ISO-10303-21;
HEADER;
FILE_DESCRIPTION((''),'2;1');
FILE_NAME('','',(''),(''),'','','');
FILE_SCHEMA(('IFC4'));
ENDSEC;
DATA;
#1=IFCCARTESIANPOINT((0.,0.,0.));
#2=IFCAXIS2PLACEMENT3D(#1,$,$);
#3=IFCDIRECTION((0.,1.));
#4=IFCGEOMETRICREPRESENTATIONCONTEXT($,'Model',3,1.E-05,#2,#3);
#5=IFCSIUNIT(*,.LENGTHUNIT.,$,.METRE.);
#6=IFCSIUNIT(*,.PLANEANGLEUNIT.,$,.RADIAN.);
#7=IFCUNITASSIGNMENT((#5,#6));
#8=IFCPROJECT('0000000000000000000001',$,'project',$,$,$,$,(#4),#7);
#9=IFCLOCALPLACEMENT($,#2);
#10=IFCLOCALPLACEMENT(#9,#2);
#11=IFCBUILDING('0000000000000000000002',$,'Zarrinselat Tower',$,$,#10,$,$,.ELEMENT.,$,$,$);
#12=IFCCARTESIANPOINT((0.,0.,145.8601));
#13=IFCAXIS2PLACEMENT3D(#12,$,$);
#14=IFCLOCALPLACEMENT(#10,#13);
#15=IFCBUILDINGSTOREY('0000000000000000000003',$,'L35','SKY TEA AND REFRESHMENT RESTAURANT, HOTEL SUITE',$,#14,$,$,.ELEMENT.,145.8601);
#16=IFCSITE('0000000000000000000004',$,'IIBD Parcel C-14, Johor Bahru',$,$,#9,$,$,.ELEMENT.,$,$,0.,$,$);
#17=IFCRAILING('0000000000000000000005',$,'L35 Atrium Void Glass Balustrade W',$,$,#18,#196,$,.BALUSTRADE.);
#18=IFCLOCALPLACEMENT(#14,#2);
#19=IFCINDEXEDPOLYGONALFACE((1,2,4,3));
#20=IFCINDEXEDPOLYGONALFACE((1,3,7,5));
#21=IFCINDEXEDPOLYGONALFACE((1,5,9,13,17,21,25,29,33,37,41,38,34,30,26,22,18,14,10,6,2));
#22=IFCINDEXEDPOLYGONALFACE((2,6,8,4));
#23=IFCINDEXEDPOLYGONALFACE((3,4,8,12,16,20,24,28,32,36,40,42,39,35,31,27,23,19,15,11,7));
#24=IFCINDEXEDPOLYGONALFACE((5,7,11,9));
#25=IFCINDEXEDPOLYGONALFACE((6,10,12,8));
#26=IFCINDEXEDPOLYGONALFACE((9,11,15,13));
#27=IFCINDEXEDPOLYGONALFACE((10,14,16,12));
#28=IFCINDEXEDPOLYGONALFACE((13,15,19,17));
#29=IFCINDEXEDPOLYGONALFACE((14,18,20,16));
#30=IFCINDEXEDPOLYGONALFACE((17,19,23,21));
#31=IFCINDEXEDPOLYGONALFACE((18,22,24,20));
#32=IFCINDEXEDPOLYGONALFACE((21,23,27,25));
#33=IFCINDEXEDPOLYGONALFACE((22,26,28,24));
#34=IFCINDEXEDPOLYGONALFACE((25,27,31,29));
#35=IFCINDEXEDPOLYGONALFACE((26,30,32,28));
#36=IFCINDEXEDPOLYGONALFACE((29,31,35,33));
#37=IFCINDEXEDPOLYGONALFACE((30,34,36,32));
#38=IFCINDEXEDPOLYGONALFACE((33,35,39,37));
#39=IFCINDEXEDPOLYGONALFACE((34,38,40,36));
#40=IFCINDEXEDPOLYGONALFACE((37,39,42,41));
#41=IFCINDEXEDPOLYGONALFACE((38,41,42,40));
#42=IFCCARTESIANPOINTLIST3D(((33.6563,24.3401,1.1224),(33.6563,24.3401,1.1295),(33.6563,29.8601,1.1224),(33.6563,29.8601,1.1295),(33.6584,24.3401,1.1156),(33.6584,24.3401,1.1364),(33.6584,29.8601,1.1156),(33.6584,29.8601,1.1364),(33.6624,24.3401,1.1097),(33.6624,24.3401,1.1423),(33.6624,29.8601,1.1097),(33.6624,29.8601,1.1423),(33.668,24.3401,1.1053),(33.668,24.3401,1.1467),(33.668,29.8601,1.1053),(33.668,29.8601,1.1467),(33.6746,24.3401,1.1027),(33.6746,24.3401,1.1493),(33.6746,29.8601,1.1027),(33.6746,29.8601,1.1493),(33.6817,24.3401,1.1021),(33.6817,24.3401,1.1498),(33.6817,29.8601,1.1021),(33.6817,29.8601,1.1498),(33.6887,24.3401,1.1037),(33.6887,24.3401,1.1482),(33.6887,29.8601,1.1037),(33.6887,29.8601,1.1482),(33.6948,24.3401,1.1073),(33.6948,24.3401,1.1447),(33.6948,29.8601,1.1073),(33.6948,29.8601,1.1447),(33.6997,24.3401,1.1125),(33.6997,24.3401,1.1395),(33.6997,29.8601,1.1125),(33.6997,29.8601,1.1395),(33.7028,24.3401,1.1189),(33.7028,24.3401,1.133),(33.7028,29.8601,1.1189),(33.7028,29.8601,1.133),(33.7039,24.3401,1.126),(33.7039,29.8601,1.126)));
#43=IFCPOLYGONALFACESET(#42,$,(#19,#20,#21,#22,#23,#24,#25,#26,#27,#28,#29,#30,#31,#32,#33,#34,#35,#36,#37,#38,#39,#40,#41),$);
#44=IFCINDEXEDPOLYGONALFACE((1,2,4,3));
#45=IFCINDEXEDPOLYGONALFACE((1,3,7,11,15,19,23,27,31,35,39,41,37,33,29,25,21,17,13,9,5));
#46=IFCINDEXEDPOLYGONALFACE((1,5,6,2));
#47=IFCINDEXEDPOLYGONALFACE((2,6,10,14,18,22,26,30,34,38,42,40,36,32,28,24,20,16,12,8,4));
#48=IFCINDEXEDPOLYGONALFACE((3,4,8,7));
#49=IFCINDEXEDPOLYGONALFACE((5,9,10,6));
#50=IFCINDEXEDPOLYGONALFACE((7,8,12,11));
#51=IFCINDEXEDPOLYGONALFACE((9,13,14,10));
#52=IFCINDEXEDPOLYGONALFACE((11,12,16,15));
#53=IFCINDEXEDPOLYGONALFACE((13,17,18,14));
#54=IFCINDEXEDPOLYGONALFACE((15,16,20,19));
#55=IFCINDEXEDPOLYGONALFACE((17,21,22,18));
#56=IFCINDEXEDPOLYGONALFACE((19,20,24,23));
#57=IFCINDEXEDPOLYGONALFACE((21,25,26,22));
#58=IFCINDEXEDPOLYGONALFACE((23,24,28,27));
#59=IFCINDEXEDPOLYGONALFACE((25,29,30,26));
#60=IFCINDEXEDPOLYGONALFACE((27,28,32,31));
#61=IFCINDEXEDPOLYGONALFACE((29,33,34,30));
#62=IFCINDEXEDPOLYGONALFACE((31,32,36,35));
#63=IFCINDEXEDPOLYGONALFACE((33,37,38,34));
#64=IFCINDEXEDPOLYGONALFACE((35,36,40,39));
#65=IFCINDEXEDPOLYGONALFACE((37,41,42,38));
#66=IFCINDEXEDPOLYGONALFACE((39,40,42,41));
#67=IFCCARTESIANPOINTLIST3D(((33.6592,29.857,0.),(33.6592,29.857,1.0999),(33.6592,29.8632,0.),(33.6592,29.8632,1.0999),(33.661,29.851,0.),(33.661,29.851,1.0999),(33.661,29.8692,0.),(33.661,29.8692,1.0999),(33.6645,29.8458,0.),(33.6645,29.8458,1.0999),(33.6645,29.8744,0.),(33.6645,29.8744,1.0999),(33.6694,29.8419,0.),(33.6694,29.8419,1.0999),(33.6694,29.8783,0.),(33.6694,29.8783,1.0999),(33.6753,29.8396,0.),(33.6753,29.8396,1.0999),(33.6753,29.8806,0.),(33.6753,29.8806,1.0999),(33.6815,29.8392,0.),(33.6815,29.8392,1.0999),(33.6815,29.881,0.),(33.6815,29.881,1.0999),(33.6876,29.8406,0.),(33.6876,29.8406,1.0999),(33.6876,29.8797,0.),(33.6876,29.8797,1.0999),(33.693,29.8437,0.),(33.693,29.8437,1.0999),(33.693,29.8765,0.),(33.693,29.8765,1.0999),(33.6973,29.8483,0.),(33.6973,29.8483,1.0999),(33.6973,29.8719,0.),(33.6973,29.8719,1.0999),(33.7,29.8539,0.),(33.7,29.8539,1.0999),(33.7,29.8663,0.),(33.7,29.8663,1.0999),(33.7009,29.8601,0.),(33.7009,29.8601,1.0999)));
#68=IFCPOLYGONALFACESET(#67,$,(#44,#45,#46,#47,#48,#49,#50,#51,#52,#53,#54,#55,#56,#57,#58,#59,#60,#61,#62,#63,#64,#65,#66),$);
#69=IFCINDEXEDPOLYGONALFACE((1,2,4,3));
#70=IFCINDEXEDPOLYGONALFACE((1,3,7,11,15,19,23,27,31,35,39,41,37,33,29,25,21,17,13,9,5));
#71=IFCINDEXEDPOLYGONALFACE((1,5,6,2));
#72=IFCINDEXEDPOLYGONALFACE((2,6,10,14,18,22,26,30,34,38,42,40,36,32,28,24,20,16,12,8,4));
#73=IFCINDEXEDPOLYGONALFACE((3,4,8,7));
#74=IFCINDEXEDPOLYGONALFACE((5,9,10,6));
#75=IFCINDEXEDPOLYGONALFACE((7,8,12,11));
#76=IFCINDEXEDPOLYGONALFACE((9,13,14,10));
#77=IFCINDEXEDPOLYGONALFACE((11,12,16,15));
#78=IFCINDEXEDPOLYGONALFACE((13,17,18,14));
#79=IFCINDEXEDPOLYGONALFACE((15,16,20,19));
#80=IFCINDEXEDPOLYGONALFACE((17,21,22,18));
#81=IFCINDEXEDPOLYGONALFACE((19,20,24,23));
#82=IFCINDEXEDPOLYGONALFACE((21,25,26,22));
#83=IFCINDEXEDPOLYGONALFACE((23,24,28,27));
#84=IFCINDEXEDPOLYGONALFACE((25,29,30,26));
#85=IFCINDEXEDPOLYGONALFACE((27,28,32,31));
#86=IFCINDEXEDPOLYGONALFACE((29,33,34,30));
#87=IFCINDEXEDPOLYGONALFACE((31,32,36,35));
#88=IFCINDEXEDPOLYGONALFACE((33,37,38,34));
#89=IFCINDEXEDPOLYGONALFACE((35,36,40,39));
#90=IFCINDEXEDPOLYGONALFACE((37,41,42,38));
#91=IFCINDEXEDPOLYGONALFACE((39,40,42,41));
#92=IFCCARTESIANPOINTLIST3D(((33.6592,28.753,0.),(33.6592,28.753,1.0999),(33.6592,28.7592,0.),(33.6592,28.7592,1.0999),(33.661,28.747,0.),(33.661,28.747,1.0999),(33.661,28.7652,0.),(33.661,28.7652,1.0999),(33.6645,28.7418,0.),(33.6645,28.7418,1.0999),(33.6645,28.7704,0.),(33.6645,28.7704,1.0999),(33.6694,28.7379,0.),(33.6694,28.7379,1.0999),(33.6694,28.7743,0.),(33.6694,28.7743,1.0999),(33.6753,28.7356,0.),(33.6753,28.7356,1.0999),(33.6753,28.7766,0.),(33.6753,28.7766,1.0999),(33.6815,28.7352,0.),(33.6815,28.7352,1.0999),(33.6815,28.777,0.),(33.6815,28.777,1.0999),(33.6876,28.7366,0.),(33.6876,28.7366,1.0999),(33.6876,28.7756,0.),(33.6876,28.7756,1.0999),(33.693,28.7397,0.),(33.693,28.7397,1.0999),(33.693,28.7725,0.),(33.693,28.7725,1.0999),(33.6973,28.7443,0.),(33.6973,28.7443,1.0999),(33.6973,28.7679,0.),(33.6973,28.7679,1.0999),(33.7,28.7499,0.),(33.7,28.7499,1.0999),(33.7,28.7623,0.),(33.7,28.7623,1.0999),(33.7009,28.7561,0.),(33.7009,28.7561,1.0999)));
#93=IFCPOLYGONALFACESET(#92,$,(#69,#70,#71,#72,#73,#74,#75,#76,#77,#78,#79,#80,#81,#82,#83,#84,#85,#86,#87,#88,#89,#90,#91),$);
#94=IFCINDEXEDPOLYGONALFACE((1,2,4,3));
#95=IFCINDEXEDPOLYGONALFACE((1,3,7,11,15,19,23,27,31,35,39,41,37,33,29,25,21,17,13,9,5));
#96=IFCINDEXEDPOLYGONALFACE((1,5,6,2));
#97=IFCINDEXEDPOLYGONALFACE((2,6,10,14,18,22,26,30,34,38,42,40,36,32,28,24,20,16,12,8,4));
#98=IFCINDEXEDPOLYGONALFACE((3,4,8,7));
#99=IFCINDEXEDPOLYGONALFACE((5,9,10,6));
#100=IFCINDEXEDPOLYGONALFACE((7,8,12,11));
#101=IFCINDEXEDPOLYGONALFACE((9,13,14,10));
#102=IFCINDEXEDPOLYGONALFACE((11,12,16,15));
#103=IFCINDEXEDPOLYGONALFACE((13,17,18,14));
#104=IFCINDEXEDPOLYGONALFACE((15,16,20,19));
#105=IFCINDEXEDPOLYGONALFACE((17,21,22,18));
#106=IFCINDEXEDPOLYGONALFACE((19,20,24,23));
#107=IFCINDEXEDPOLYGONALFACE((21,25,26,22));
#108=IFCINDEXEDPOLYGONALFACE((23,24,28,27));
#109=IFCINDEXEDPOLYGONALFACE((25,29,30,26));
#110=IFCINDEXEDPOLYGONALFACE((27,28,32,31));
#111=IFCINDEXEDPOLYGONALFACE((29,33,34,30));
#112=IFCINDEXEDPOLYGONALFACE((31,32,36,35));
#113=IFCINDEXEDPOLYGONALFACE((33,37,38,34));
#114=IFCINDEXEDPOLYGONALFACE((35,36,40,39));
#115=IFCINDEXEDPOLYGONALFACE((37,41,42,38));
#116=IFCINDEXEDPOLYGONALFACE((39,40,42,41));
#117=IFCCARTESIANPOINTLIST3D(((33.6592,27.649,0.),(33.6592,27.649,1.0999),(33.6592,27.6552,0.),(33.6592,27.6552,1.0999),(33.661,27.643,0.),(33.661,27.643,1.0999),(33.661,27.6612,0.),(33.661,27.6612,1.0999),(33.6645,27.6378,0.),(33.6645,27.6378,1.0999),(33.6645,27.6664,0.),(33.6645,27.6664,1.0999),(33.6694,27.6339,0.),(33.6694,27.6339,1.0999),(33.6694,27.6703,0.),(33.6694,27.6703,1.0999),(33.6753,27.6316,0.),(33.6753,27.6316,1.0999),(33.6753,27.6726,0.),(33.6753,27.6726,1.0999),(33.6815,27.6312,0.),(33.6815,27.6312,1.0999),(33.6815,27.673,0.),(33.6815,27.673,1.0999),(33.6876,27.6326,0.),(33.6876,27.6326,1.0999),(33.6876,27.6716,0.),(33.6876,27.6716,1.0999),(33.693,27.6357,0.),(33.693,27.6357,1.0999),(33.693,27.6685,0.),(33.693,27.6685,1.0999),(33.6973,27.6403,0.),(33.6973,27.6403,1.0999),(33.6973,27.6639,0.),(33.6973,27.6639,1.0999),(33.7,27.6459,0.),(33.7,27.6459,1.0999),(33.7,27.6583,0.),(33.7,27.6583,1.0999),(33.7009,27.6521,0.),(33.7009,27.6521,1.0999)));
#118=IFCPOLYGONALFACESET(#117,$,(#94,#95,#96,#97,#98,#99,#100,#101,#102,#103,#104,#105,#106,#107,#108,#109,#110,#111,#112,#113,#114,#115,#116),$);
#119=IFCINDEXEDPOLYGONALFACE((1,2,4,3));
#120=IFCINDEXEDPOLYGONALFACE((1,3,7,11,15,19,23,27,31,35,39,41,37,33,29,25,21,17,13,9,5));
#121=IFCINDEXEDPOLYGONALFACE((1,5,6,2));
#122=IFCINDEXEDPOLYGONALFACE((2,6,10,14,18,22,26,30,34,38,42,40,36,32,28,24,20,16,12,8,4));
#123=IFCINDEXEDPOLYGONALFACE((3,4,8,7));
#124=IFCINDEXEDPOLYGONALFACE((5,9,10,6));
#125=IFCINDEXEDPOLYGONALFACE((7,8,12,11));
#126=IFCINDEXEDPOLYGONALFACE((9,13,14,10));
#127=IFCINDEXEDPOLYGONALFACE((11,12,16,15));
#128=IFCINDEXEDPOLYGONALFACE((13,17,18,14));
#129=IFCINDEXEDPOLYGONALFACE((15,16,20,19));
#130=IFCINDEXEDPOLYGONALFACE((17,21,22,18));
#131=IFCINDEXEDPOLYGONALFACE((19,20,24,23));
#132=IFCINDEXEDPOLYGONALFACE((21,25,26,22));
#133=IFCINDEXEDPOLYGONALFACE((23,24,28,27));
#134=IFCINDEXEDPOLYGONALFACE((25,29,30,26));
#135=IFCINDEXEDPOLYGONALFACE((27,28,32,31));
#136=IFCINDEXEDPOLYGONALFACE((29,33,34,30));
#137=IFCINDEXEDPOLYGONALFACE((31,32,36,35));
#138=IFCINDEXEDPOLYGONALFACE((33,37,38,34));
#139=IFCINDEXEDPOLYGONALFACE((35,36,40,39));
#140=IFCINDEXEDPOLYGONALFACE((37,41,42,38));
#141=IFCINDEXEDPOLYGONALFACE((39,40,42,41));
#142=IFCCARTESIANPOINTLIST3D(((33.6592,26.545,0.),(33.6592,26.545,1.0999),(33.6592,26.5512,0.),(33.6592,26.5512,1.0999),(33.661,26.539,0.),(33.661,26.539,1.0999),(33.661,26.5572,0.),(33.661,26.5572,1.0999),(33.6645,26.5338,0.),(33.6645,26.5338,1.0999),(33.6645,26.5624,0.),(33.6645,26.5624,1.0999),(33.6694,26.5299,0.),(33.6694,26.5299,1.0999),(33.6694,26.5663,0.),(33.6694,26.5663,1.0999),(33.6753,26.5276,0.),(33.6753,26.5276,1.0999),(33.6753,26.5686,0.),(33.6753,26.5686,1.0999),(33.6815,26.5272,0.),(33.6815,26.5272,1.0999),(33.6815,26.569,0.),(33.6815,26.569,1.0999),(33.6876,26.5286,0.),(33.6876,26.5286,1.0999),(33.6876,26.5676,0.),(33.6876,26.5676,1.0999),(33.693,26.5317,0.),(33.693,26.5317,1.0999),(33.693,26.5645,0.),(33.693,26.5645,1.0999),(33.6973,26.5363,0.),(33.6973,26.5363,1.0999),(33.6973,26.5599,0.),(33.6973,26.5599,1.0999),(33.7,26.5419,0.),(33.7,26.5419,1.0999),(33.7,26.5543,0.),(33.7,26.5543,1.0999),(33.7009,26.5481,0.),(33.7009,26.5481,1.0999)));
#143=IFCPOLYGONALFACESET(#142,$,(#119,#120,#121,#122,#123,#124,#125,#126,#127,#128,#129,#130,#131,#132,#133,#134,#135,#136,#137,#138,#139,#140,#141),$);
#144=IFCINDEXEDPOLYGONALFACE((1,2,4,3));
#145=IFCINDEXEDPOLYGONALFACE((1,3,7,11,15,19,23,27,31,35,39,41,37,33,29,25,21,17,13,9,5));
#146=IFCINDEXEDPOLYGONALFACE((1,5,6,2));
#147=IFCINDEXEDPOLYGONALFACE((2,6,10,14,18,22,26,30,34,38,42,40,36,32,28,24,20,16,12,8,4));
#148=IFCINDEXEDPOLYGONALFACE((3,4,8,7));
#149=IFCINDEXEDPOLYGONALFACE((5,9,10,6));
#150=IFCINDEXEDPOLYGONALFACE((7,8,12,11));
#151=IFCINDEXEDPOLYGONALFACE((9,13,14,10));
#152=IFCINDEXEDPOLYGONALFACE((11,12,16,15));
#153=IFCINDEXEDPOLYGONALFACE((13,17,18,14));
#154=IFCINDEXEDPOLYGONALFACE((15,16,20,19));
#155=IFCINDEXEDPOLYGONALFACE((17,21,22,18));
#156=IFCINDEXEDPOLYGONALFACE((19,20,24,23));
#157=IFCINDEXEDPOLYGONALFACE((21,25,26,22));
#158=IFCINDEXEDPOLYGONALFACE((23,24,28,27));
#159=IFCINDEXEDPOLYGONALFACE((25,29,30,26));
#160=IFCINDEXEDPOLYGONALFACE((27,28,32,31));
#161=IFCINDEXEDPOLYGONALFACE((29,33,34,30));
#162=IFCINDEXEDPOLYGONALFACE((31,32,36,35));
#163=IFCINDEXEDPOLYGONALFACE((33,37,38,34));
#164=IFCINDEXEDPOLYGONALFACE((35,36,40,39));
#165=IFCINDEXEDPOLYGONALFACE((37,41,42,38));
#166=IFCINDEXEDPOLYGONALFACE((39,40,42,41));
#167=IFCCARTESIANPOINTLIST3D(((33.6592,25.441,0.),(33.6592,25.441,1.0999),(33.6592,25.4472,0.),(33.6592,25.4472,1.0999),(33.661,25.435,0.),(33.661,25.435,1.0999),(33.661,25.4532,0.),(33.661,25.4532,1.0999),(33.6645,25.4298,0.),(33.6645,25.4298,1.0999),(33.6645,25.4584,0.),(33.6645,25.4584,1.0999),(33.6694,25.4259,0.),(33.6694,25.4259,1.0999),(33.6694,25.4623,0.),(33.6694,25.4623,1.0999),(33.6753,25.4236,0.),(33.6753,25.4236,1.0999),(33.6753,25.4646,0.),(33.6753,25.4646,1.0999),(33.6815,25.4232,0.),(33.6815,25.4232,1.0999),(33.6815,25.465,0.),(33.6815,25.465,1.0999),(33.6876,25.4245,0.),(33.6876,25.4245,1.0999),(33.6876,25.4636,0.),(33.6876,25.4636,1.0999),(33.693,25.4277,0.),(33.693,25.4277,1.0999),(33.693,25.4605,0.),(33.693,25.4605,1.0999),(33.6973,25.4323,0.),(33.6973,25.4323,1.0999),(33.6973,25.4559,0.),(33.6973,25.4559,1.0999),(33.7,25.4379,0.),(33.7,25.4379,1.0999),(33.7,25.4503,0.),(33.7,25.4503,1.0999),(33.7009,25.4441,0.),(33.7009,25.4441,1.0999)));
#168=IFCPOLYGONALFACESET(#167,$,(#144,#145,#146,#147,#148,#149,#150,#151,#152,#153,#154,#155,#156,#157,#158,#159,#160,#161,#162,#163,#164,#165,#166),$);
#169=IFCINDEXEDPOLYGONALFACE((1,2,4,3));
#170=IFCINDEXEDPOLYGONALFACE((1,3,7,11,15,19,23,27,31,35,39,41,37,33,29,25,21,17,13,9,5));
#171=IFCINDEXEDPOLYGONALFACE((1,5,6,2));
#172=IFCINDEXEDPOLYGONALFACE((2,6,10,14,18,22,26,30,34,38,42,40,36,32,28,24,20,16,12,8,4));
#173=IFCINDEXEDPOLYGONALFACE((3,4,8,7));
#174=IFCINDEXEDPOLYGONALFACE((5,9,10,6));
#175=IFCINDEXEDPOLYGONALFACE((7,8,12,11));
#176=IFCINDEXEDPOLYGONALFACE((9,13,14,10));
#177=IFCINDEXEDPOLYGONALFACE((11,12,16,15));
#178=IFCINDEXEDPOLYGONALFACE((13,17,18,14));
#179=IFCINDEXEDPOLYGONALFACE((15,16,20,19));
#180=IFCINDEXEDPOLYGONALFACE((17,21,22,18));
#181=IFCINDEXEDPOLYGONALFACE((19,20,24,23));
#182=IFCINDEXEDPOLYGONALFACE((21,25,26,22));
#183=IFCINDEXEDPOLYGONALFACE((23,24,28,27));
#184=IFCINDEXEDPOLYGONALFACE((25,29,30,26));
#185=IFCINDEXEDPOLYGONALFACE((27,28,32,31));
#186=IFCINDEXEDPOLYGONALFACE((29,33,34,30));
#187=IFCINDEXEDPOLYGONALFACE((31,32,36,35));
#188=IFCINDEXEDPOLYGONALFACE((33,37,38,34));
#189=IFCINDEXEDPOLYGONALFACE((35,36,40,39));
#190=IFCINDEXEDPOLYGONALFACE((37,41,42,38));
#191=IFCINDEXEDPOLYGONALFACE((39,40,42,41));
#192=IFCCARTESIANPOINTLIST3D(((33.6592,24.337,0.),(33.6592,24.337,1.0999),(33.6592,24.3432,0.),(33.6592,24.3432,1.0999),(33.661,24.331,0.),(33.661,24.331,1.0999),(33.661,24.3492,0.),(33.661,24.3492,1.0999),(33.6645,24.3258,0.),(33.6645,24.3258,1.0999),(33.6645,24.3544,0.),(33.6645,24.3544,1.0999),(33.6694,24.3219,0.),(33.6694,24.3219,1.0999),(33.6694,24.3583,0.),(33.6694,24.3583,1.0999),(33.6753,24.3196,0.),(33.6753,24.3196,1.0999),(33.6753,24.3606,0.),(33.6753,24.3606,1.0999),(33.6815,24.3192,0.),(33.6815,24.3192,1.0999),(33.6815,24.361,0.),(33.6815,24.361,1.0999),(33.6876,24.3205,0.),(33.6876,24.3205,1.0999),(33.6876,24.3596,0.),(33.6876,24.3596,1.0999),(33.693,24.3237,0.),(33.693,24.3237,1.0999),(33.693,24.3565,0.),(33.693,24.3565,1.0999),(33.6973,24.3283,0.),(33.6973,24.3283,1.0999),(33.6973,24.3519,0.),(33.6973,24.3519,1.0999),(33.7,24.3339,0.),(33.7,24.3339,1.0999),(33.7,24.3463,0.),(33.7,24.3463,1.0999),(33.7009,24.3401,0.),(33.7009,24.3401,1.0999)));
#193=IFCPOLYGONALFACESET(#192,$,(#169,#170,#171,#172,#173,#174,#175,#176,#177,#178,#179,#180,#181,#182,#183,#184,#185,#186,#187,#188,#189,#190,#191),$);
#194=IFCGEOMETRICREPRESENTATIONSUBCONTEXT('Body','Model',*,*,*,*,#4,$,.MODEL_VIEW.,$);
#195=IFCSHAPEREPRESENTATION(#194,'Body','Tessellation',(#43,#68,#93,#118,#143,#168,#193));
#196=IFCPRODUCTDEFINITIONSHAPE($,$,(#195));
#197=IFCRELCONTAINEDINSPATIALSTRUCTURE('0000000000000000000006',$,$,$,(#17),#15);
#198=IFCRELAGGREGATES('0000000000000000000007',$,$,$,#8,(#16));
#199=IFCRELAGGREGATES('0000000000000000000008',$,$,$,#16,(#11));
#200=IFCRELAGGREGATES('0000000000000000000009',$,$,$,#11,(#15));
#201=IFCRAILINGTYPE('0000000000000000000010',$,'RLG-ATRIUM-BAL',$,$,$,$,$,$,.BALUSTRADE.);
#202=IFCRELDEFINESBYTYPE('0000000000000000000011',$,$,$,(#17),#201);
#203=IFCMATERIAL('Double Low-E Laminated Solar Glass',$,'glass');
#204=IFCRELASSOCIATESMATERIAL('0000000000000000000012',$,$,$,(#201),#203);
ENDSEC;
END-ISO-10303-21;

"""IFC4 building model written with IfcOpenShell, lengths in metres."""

from ifc_helpers import new_model, si_unit, direction, frame, origin, origin_2d, place, context, subcontext, project, spatial, circle, extrude, material, type_object, element, save


model = new_model("IFC4")

# Units and contexts
model_context = context("Model", 3, precision=1e-05, world=origin(), true_north=direction((0.0, 1.0)))
body_context = subcontext(model_context, "Body", "Model", "MODEL_VIEW")
ifc_project = project(units=[si_unit("LENGTHUNIT", "METRE"), si_unit("PLANEANGLEUNIT", "RADIAN")], contexts=[model_context])

# Site, building, storey
site_placement = place(None, origin())
site = spatial("IfcSite", under=ifc_project, at=site_placement, Name="IIBD Parcel C-14, Johor Bahru", CompositionType="ELEMENT", RefElevation=0.0)
building_placement = place(site_placement, origin())
building = spatial("IfcBuilding", under=site, at=building_placement, Name="Zarrinselat Tower", CompositionType="ELEMENT")
storey_placement = place(building_placement, frame((0.0, 0.0, 145.8601)))
storey = spatial("IfcBuildingStorey", under=building, at=storey_placement, Name="L35", Description="SKY TEA AND REFRESHMENT RESTAURANT, HOTEL SUITE", CompositionType="ELEMENT", Elevation=145.8601)

# Railing
ifc_material_1 = material(Name="Double Low-E Laminated Solar Glass", Category="glass")
railing_type = type_object("IfcRailingType", Name="RLG-ATRIUM-BAL", PredefinedType="BALUSTRADE", material=ifc_material_1)
railing_placement = place(storey_placement, frame((33.6799, 29.8601, 0.0)))
element("IfcRailing", 1, at=railing_placement, inside=storey, type_object=railing_type, Name="L35 Atrium Void Glass Balustrade W", PredefinedType="BALUSTRADE", context=body_context, shape_type="SweptSolid", body=[
    extrude(circle(Radius=0.0239, at=origin_2d()), frame((0.0, 0.0, 1.126), z_axis=(0.0, -1.0, 0.0), x_axis=(1.0, 0.0, 0.0)), (0.0, 0.0, 1.0), 5.52),
    extrude(circle(Radius=0.021, at=origin_2d()), origin(), (0.0, 0.0, 1.0), 1.0999),
    extrude(circle(Radius=0.021, at=origin_2d()), frame((0.0, -1.104, 0.0)), (0.0, 0.0, 1.0), 1.0999),
    extrude(circle(Radius=0.021, at=origin_2d()), frame((0.0, -2.208, 0.0)), (0.0, 0.0, 1.0), 1.0999),
    extrude(circle(Radius=0.021, at=origin_2d()), frame((0.0, -3.312, 0.0)), (0.0, 0.0, 1.0), 1.0999),
    extrude(circle(Radius=0.021, at=origin_2d()), frame((0.0, -4.416, 0.0)), (0.0, 0.0, 1.0), 1.0999),
    extrude(circle(Radius=0.021, at=origin_2d()), frame((0.0, -5.52, 0.0)), (0.0, 0.0, 1.0), 1.0999),
])

save(model, "model.ifc")
